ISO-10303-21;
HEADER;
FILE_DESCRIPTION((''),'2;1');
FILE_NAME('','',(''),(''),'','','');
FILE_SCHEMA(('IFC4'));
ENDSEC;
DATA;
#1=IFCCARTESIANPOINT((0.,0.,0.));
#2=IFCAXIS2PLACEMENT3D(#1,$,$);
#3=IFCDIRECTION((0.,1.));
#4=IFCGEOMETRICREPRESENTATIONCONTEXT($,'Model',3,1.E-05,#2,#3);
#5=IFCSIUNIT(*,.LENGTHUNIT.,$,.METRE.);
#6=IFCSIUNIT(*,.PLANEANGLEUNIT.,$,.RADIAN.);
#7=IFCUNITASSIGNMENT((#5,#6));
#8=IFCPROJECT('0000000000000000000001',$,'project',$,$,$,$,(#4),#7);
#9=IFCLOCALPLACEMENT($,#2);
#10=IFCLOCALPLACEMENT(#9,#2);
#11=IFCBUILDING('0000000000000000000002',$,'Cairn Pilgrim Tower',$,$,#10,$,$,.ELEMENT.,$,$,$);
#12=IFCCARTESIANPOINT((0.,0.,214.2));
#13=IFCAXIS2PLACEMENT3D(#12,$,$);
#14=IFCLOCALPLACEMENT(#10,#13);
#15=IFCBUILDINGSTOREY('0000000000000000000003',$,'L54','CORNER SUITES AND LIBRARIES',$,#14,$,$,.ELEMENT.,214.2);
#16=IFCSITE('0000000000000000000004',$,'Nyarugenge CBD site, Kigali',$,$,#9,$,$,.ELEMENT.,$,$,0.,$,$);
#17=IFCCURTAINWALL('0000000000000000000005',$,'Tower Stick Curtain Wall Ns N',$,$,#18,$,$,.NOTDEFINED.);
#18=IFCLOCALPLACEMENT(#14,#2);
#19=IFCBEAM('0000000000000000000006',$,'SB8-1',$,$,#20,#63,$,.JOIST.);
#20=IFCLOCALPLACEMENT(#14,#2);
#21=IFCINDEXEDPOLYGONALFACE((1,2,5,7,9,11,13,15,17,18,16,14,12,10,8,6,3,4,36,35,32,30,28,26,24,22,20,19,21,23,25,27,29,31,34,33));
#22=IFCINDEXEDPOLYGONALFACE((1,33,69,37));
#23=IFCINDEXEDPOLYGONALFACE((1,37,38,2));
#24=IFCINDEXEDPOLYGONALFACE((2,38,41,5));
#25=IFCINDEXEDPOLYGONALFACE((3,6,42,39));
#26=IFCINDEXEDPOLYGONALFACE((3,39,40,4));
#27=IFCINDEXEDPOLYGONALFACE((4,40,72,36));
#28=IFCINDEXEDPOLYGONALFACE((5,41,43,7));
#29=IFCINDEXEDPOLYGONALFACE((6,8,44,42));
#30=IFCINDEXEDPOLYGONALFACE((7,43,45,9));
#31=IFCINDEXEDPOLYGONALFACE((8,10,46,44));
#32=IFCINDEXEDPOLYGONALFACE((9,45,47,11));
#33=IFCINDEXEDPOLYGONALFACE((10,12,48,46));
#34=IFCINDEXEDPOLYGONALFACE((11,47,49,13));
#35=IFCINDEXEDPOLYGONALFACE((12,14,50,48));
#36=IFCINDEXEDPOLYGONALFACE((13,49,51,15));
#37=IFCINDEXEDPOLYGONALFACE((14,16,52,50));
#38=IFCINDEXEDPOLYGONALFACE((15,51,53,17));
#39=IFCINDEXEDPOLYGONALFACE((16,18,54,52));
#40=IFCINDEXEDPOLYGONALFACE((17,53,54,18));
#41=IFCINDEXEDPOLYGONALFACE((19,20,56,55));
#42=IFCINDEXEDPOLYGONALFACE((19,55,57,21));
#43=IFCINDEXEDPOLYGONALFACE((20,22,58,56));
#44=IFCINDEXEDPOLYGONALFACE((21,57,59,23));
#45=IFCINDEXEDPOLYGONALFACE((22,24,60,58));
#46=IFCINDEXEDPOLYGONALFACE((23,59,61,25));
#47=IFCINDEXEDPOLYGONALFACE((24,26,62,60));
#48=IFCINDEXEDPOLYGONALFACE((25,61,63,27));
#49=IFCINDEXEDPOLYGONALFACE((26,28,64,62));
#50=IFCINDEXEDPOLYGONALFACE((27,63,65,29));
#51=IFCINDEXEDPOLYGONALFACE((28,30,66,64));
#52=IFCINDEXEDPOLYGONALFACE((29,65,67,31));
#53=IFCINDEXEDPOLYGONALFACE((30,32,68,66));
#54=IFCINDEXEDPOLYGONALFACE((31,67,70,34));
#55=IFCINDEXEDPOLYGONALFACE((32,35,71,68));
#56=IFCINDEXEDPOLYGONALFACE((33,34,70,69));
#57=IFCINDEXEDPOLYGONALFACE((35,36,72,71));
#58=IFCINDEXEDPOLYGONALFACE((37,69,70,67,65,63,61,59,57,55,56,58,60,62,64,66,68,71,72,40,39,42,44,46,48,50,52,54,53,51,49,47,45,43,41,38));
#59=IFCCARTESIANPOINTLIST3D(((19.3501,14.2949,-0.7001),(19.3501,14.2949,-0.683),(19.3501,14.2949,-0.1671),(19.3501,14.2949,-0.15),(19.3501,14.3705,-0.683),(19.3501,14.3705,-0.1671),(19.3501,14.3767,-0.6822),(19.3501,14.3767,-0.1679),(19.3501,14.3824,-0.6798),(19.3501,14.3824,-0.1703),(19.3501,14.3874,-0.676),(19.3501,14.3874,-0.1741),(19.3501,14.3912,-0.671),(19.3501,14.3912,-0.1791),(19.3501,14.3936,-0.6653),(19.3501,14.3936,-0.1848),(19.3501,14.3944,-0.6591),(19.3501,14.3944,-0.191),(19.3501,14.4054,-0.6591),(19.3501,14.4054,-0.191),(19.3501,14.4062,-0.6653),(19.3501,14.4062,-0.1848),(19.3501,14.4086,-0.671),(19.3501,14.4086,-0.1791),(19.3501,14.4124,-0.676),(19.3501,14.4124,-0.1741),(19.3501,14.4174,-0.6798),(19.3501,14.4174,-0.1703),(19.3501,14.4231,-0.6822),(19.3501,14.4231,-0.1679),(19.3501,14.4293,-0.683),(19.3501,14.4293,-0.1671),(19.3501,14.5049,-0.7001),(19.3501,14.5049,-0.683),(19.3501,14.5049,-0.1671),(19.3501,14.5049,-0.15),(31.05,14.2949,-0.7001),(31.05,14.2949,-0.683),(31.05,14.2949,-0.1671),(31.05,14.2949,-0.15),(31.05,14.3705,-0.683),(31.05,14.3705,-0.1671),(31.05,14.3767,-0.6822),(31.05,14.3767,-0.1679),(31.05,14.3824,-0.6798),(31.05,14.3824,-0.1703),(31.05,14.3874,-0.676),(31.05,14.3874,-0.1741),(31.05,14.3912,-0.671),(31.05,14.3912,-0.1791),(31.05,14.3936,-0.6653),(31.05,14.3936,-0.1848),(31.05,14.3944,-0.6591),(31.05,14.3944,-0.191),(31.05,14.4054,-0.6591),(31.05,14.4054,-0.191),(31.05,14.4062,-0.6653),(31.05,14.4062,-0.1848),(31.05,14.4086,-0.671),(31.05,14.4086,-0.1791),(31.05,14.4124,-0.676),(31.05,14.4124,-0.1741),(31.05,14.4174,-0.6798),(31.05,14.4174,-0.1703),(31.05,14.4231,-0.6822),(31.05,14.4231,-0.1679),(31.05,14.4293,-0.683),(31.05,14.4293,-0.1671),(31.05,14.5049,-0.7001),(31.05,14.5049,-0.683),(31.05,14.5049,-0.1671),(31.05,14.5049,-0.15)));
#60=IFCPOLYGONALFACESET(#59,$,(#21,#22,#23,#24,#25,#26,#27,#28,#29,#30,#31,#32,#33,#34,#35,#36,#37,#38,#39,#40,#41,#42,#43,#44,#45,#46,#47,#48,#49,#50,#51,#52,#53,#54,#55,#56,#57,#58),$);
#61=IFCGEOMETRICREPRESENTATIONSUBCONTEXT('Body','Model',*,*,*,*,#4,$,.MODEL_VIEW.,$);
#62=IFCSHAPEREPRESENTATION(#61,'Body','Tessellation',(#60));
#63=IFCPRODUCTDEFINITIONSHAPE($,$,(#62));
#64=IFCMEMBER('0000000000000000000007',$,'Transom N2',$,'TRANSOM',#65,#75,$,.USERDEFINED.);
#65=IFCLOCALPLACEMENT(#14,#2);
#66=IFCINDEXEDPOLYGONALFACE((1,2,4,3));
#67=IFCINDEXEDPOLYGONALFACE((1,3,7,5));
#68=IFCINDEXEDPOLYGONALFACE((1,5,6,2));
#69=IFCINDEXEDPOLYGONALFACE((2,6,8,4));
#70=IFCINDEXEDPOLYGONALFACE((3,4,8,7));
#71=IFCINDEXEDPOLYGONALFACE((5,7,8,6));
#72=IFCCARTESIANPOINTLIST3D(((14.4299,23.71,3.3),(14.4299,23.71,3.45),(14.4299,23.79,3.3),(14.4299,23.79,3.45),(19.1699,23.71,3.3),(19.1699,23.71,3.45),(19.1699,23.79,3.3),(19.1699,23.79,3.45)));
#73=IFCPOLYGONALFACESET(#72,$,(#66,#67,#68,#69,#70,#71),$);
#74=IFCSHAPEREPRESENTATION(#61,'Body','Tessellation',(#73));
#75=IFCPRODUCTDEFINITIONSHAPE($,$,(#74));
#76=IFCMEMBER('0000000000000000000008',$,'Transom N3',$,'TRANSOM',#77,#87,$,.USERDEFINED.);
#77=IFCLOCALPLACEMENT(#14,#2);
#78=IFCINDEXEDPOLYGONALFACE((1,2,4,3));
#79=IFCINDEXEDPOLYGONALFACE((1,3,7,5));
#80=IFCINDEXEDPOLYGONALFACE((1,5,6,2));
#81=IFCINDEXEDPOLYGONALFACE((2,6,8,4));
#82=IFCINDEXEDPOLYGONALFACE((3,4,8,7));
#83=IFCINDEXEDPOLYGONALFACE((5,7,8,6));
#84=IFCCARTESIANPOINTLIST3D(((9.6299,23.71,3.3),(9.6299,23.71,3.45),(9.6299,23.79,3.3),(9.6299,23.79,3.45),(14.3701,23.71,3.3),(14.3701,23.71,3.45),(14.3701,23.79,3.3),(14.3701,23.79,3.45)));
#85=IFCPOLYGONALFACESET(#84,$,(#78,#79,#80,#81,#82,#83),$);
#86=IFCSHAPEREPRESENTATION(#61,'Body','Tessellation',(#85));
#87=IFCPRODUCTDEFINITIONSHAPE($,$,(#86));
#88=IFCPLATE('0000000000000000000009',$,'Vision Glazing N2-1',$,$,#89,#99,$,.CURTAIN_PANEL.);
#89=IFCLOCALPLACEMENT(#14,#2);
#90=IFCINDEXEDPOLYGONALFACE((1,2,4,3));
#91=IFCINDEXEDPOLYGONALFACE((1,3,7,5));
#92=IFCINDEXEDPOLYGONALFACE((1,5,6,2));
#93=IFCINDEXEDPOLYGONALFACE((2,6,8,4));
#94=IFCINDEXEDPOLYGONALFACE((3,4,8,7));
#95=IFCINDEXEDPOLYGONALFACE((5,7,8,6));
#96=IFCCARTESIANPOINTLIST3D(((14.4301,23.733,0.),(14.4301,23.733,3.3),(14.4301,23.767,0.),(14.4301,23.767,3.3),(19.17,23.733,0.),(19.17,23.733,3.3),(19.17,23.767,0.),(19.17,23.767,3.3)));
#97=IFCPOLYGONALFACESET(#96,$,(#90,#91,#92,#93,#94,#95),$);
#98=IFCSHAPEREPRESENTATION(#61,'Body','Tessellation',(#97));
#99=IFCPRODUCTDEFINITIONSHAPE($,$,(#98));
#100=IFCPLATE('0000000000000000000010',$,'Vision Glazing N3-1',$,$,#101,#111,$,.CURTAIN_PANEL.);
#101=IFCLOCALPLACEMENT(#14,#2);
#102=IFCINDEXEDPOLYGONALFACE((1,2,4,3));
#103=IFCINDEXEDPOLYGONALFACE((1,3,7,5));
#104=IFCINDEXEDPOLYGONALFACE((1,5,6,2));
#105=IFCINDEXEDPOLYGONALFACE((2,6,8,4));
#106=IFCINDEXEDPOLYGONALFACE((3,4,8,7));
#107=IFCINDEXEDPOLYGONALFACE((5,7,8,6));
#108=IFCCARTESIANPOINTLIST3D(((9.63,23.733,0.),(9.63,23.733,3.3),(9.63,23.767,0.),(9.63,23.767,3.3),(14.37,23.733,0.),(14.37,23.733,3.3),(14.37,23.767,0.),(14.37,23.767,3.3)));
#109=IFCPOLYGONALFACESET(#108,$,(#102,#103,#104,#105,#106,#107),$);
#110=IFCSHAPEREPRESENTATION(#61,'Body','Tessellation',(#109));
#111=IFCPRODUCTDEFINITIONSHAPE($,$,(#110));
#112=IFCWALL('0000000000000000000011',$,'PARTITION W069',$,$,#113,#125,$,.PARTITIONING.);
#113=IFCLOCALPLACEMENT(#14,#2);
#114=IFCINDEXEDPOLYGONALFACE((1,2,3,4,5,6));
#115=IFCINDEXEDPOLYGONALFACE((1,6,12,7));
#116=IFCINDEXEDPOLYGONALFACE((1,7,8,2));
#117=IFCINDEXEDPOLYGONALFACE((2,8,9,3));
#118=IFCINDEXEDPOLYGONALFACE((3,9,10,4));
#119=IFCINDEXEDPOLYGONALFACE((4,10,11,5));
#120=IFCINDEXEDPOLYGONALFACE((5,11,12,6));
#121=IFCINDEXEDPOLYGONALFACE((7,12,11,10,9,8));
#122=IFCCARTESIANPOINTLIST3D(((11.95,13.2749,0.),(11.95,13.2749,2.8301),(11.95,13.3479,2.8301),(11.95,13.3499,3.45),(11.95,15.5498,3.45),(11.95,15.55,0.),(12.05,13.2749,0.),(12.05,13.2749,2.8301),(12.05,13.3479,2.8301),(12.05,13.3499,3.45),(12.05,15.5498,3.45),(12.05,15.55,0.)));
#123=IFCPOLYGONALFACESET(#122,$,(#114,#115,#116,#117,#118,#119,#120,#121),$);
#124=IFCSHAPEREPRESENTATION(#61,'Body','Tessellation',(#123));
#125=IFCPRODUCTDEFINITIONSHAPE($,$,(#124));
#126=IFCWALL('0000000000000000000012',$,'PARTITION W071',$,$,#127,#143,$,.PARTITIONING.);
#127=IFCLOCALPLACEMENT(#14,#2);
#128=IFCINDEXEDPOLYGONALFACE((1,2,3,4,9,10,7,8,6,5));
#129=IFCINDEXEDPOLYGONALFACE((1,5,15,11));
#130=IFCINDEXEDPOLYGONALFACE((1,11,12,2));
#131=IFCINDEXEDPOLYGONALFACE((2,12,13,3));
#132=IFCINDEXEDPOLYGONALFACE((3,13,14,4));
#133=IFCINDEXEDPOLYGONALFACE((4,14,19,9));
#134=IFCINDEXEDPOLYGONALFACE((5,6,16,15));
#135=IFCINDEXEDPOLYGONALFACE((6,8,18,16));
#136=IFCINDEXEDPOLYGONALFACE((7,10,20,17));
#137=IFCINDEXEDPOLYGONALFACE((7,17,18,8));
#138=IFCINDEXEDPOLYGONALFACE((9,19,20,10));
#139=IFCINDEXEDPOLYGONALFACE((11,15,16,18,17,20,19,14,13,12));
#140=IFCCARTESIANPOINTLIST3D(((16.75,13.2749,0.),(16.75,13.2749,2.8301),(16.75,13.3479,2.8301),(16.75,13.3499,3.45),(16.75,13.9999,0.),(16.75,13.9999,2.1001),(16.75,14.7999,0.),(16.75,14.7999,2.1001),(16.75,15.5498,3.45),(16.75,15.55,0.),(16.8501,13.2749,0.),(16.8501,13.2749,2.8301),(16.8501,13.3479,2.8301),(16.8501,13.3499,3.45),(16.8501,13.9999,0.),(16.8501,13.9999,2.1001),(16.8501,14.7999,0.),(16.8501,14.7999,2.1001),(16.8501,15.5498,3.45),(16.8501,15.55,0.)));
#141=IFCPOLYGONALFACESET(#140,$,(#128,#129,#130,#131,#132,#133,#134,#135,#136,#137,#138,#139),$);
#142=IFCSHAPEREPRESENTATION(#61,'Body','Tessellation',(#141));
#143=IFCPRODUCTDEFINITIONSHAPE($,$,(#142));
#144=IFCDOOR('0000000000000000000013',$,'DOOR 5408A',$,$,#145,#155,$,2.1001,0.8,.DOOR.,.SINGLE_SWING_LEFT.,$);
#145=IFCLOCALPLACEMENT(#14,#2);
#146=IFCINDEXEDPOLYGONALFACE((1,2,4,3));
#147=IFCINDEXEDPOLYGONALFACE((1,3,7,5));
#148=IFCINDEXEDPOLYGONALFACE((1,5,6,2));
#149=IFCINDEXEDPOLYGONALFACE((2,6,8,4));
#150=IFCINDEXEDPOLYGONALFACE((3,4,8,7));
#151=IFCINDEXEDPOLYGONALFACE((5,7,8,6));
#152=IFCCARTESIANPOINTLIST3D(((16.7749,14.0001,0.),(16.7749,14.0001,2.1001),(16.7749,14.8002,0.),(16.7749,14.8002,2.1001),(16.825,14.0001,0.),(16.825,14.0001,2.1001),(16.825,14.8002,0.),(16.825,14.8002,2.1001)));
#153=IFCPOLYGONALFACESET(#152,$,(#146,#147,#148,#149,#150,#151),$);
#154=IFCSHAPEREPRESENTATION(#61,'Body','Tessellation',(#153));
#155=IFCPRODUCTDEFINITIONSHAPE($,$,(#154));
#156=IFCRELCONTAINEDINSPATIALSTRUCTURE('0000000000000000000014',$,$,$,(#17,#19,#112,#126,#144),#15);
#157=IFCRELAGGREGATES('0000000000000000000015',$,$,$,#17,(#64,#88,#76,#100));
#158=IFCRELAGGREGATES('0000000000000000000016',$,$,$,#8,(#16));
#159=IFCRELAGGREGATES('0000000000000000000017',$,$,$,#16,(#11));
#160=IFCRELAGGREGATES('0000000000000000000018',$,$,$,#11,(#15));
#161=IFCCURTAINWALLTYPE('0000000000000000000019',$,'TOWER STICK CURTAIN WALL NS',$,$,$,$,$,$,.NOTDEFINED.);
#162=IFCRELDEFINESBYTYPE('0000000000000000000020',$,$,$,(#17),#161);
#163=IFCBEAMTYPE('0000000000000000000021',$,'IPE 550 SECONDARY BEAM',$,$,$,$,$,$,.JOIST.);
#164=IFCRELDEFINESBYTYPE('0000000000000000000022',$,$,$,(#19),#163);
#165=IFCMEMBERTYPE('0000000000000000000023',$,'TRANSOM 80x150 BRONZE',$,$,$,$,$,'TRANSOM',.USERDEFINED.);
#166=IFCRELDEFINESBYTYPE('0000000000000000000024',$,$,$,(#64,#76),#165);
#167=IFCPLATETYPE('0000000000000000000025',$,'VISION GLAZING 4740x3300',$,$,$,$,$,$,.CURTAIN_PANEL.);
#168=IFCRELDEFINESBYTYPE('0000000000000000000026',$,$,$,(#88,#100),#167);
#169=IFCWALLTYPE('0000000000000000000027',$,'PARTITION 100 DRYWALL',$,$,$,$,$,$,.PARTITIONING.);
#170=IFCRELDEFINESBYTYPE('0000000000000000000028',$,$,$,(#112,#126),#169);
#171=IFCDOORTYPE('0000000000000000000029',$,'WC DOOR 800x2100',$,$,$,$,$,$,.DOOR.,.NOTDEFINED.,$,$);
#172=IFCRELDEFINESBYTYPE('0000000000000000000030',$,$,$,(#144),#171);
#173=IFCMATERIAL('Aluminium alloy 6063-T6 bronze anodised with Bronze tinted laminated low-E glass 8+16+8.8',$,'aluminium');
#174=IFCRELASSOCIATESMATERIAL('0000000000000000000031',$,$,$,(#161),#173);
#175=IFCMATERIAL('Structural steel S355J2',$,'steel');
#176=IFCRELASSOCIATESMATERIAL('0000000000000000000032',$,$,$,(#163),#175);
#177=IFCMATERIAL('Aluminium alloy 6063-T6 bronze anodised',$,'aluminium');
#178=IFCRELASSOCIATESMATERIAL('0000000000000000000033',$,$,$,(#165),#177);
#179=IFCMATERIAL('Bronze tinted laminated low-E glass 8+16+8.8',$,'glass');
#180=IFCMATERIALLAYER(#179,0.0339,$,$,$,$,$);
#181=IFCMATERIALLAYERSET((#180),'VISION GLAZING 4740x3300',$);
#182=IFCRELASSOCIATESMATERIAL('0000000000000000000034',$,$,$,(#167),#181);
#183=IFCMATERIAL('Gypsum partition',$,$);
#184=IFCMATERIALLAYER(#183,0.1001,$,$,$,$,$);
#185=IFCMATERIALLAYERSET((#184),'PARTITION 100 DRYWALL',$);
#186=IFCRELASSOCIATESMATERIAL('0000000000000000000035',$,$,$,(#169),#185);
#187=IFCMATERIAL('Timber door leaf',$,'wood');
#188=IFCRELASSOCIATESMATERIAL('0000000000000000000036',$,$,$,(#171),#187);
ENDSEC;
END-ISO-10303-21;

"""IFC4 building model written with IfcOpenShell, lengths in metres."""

from ifc_helpers import new_model, si_unit, direction, frame, frame_2d, origin, origin_2d, place, context, subcontext, project, spatial, polyline, rectangle, i_section, outline, extrude, material, layer, layer_set, material_profile, profile_set, type_object, element, fill, aggregate, save


model = new_model("IFC4")

# Units and contexts
model_context = context("Model", 3, precision=1e-05, world=origin(), true_north=direction((0.0, 1.0)))
body_context = subcontext(model_context, "Body", "Model", "MODEL_VIEW")
ifc_project = project(units=[si_unit("LENGTHUNIT", "METRE"), si_unit("PLANEANGLEUNIT", "RADIAN")], contexts=[model_context])

# Site, building, storey
site_placement = place(None, origin())
site = spatial("IfcSite", under=ifc_project, at=site_placement, Name="Nyarugenge CBD site, Kigali", CompositionType="ELEMENT", RefElevation=0.0)
building_placement = place(site_placement, origin())
building = spatial("IfcBuilding", under=site, at=building_placement, Name="Cairn Pilgrim Tower", CompositionType="ELEMENT")
storey_placement = place(building_placement, frame((0.0, 0.0, 214.2)))
storey = spatial("IfcBuildingStorey", under=building, at=storey_placement, Name="L54", Description="CORNER SUITES AND LIBRARIES", CompositionType="ELEMENT", Elevation=214.2)

# Shared definitions
ifc_material_1 = material(Name="Structural steel S355J2", Category="steel")

# Curtain wall
ifc_material_2 = material(Name="Aluminium alloy 6063-T6 bronze anodised with Bronze tinted laminated low-E glass 8+16+8.8", Category="aluminium")
curtain_wall_type = type_object("IfcCurtainWallType", Name="TOWER STICK CURTAIN WALL NS", PredefinedType="NOTDEFINED", material=ifc_material_2)
curtain_wall_placement = place(storey_placement, origin())
curtain_wall = element("IfcCurtainWall", 1, at=curtain_wall_placement, inside=storey, type_object=curtain_wall_type, Name="Tower Stick Curtain Wall Ns N", PredefinedType="NOTDEFINED")
ifc_material_3 = material(Name="Aluminium alloy 6063-T6 bronze anodised", Category="aluminium")

# Beam
ifc_material_profile_1 = material_profile(ifc_material_1, i_section(OverallWidth=0.21, OverallDepth=0.55, WebThickness=0.011, FlangeThickness=0.0171, FilletRadius=0.0239, at=origin_2d()), Name="IPE 550")
ifc_profile_set_1 = profile_set([ifc_material_profile_1], Name="Structural steel S355J2")
beam_type_1 = type_object("IfcBeamType", Name="IPE 550 SECONDARY BEAM", PredefinedType="JOIST", material=ifc_profile_set_1)
beam_1_placement = place(storey_placement, frame((19.3501, 14.3999, -0.425), z_axis=(1.0, 0.0, 0.0), x_axis=(0.0, 1.0, 0.0)))
element("IfcBeam", 2, at=beam_1_placement, inside=storey, type_object=beam_type_1, Name="SB8-1", PredefinedType="JOIST", context=body_context, shape_type="SweptSolid", body=[
    extrude(i_section(OverallWidth=0.21, OverallDepth=0.55, WebThickness=0.011, FlangeThickness=0.0171, FilletRadius=0.0239, at=origin_2d()), origin(), (0.0, 0.0, 1.0), 11.7),
])

# Members
ifc_material_profile_2 = material_profile(ifc_material_3, rectangle(XDim=0.0801, YDim=0.1499, at=origin_2d()), Name="TRANSOM 80x150 BRONZE")
ifc_profile_set_2 = profile_set([ifc_material_profile_2], Name="Aluminium alloy 6063-T6 bronze anodised")
member_type_1 = type_object("IfcMemberType", Name="TRANSOM 80x150 BRONZE", ElementType="TRANSOM", PredefinedType="USERDEFINED", material=ifc_profile_set_2)
member_1_placement = place(storey_placement, frame((19.1699, 23.75, 3.375), z_axis=(-1.0, 0.0, 0.0), x_axis=(0.0, -1.0, 0.0)))
member_1 = element("IfcMember", 3, at=member_1_placement, type_object=member_type_1, Name="Transom N2", ObjectType="TRANSOM", PredefinedType="USERDEFINED", context=body_context, shape_type="SweptSolid", body=[
    extrude(rectangle(XDim=0.0801, YDim=0.1499, at=origin_2d()), origin(), (0.0, 0.0, 1.0), 4.74),
])
member_2_placement = place(storey_placement, frame((14.3701, 23.75, 3.375), z_axis=(-1.0, 0.0, 0.0), x_axis=(0.0, -1.0, 0.0)))
member_2 = element("IfcMember", 4, at=member_2_placement, type_object=member_type_1, Name="Transom N3", ObjectType="TRANSOM", PredefinedType="USERDEFINED", context=body_context, shape_type="SweptSolid", body=[
    extrude(rectangle(XDim=0.0801, YDim=0.1499, at=origin_2d()), origin(), (0.0, 0.0, 1.0), 4.7402),
])

# Plates
ifc_material_4 = material(Name="Bronze tinted laminated low-E glass 8+16+8.8", Category="glass")
ifc_layer_1 = layer(ifc_material_4, 0.0339)
ifc_layer_set_1 = layer_set([ifc_layer_1], Name="VISION GLAZING 4740x3300")
plate_type = type_object("IfcPlateType", Name="VISION GLAZING 4740x3300", PredefinedType="CURTAIN_PANEL", material=ifc_layer_set_1)
plate_1_placement = place(storey_placement, frame((16.8, 23.75, 0.0), z_axis=(0.0, 0.0, 1.0), x_axis=(-1.0, 0.0, 0.0)))
plate_1 = element("IfcPlate", 5, at=plate_1_placement, type_object=plate_type, Name="Vision Glazing N2-1", PredefinedType="CURTAIN_PANEL", context=body_context, shape_type="SweptSolid", body=[
    extrude(rectangle(XDim=4.74, YDim=0.0339, at=origin_2d()), origin(), (0.0, 0.0, 1.0), 3.3),
])
plate_2_placement = place(storey_placement, frame((12.0, 23.75, 0.0), z_axis=(0.0, 0.0, 1.0), x_axis=(-1.0, 0.0, 0.0)))
plate_2 = element("IfcPlate", 6, at=plate_2_placement, type_object=plate_type, Name="Vision Glazing N3-1", PredefinedType="CURTAIN_PANEL", context=body_context, shape_type="SweptSolid", body=[
    extrude(rectangle(XDim=4.74, YDim=0.0339, at=origin_2d()), origin(), (0.0, 0.0, 1.0), 3.3),
])
aggregate(curtain_wall, [member_1, plate_1, member_2, plate_2])

# Wall
ifc_material_5 = material(Name="Gypsum partition")
ifc_layer_2 = layer(ifc_material_5, 0.1001)
ifc_layer_set_2 = layer_set([ifc_layer_2], Name="PARTITION 100 DRYWALL")
wall_type_1 = type_object("IfcWallType", Name="PARTITION 100 DRYWALL", PredefinedType="PARTITIONING", material=ifc_layer_set_2)
wall_1_placement = place(storey_placement, frame((12.0, 13.2749, 0.0), z_axis=(0.0, 0.0, 1.0), x_axis=(0.0, 1.0, 0.0)))
element("IfcWall", 7, at=wall_1_placement, inside=storey, type_object=wall_type_1, Name="PARTITION W069", PredefinedType="PARTITIONING", context=body_context, shape_type="SweptSolid", body=[
    extrude(outline(polyline([(0.0, 0.0), (2.2751, 0.0), (2.2749, 3.45), (0.075, 3.45), (0.073, 2.8301), (0.0, 2.8301), (0.0, 0.0)])), frame((0.0, 0.05, 0.0), z_axis=(0.0, -1.0, 0.0), x_axis=(1.0, 0.0, 0.0)), (0.0, 0.0, 1.0), 0.1001),
])

# Wall, opening, door
wall_2_placement = place(storey_placement, frame((16.8, 13.2749, 0.0), z_axis=(0.0, 0.0, 1.0), x_axis=(0.0, 1.0, 0.0)))
wall_2 = element("IfcWall", 8, at=wall_2_placement, inside=storey, type_object=wall_type_1, Name="PARTITION W071", PredefinedType="PARTITIONING", context=body_context, shape_type="SweptSolid", body=[
    extrude(outline(polyline([(0.0, 0.0), (2.2751, 0.0), (2.2749, 3.45), (0.075, 3.45), (0.073, 2.8301), (0.0, 2.8301), (0.0, 0.0)])), frame((0.0, 0.05, 0.0), z_axis=(0.0, -1.0, 0.0), x_axis=(1.0, 0.0, 0.0)), (0.0, 0.0, 1.0), 0.1001),
])
opening_1_placement = place(wall_2_placement, frame((0.7251, 0.0, 0.0)))
opening_1 = element("IfcOpeningElement", 9, at=opening_1_placement, cuts=wall_2, PredefinedType="OPENING", context=body_context, shape_type="SweptSolid", body=[
    extrude(rectangle(XDim=0.8, YDim=2.1001, at=frame_2d((0.3999, 1.05))), frame((0.0, 0.0601, 0.0), z_axis=(0.0, -1.0, 0.0), x_axis=(1.0, 0.0, 0.0)), (0.0, 0.0, 1.0), 0.1201),
])
ifc_material_6 = material(Name="Timber door leaf", Category="wood")
door_type_1 = type_object("IfcDoorType", Name="WC DOOR 800x2100", OperationType="NOTDEFINED", PredefinedType="DOOR", material=ifc_material_6)
door_1_placement = place(opening_1_placement, frame((0.8, 0.0, 0.0), z_axis=(0.0, 0.0, 1.0), x_axis=(-1.0, 0.0, 0.0)))
door_1 = element("IfcDoor", 10, at=door_1_placement, inside=storey, type_object=door_type_1, Name="DOOR 5408A", OperationType="SINGLE_SWING_LEFT", OverallHeight=2.1001, OverallWidth=0.8, PredefinedType="DOOR", context=body_context, shape_type="SweptSolid", body=[
    extrude(rectangle(XDim=0.8, YDim=2.1001, at=frame_2d((0.3999, 1.05))), frame((0.0, 0.0249, 0.0), z_axis=(0.0, -1.0, 0.0), x_axis=(1.0, 0.0, 0.0)), (0.0, 0.0, 1.0), 0.05),
])
fill(opening_1, door_1)

save(model, "model.ifc")
